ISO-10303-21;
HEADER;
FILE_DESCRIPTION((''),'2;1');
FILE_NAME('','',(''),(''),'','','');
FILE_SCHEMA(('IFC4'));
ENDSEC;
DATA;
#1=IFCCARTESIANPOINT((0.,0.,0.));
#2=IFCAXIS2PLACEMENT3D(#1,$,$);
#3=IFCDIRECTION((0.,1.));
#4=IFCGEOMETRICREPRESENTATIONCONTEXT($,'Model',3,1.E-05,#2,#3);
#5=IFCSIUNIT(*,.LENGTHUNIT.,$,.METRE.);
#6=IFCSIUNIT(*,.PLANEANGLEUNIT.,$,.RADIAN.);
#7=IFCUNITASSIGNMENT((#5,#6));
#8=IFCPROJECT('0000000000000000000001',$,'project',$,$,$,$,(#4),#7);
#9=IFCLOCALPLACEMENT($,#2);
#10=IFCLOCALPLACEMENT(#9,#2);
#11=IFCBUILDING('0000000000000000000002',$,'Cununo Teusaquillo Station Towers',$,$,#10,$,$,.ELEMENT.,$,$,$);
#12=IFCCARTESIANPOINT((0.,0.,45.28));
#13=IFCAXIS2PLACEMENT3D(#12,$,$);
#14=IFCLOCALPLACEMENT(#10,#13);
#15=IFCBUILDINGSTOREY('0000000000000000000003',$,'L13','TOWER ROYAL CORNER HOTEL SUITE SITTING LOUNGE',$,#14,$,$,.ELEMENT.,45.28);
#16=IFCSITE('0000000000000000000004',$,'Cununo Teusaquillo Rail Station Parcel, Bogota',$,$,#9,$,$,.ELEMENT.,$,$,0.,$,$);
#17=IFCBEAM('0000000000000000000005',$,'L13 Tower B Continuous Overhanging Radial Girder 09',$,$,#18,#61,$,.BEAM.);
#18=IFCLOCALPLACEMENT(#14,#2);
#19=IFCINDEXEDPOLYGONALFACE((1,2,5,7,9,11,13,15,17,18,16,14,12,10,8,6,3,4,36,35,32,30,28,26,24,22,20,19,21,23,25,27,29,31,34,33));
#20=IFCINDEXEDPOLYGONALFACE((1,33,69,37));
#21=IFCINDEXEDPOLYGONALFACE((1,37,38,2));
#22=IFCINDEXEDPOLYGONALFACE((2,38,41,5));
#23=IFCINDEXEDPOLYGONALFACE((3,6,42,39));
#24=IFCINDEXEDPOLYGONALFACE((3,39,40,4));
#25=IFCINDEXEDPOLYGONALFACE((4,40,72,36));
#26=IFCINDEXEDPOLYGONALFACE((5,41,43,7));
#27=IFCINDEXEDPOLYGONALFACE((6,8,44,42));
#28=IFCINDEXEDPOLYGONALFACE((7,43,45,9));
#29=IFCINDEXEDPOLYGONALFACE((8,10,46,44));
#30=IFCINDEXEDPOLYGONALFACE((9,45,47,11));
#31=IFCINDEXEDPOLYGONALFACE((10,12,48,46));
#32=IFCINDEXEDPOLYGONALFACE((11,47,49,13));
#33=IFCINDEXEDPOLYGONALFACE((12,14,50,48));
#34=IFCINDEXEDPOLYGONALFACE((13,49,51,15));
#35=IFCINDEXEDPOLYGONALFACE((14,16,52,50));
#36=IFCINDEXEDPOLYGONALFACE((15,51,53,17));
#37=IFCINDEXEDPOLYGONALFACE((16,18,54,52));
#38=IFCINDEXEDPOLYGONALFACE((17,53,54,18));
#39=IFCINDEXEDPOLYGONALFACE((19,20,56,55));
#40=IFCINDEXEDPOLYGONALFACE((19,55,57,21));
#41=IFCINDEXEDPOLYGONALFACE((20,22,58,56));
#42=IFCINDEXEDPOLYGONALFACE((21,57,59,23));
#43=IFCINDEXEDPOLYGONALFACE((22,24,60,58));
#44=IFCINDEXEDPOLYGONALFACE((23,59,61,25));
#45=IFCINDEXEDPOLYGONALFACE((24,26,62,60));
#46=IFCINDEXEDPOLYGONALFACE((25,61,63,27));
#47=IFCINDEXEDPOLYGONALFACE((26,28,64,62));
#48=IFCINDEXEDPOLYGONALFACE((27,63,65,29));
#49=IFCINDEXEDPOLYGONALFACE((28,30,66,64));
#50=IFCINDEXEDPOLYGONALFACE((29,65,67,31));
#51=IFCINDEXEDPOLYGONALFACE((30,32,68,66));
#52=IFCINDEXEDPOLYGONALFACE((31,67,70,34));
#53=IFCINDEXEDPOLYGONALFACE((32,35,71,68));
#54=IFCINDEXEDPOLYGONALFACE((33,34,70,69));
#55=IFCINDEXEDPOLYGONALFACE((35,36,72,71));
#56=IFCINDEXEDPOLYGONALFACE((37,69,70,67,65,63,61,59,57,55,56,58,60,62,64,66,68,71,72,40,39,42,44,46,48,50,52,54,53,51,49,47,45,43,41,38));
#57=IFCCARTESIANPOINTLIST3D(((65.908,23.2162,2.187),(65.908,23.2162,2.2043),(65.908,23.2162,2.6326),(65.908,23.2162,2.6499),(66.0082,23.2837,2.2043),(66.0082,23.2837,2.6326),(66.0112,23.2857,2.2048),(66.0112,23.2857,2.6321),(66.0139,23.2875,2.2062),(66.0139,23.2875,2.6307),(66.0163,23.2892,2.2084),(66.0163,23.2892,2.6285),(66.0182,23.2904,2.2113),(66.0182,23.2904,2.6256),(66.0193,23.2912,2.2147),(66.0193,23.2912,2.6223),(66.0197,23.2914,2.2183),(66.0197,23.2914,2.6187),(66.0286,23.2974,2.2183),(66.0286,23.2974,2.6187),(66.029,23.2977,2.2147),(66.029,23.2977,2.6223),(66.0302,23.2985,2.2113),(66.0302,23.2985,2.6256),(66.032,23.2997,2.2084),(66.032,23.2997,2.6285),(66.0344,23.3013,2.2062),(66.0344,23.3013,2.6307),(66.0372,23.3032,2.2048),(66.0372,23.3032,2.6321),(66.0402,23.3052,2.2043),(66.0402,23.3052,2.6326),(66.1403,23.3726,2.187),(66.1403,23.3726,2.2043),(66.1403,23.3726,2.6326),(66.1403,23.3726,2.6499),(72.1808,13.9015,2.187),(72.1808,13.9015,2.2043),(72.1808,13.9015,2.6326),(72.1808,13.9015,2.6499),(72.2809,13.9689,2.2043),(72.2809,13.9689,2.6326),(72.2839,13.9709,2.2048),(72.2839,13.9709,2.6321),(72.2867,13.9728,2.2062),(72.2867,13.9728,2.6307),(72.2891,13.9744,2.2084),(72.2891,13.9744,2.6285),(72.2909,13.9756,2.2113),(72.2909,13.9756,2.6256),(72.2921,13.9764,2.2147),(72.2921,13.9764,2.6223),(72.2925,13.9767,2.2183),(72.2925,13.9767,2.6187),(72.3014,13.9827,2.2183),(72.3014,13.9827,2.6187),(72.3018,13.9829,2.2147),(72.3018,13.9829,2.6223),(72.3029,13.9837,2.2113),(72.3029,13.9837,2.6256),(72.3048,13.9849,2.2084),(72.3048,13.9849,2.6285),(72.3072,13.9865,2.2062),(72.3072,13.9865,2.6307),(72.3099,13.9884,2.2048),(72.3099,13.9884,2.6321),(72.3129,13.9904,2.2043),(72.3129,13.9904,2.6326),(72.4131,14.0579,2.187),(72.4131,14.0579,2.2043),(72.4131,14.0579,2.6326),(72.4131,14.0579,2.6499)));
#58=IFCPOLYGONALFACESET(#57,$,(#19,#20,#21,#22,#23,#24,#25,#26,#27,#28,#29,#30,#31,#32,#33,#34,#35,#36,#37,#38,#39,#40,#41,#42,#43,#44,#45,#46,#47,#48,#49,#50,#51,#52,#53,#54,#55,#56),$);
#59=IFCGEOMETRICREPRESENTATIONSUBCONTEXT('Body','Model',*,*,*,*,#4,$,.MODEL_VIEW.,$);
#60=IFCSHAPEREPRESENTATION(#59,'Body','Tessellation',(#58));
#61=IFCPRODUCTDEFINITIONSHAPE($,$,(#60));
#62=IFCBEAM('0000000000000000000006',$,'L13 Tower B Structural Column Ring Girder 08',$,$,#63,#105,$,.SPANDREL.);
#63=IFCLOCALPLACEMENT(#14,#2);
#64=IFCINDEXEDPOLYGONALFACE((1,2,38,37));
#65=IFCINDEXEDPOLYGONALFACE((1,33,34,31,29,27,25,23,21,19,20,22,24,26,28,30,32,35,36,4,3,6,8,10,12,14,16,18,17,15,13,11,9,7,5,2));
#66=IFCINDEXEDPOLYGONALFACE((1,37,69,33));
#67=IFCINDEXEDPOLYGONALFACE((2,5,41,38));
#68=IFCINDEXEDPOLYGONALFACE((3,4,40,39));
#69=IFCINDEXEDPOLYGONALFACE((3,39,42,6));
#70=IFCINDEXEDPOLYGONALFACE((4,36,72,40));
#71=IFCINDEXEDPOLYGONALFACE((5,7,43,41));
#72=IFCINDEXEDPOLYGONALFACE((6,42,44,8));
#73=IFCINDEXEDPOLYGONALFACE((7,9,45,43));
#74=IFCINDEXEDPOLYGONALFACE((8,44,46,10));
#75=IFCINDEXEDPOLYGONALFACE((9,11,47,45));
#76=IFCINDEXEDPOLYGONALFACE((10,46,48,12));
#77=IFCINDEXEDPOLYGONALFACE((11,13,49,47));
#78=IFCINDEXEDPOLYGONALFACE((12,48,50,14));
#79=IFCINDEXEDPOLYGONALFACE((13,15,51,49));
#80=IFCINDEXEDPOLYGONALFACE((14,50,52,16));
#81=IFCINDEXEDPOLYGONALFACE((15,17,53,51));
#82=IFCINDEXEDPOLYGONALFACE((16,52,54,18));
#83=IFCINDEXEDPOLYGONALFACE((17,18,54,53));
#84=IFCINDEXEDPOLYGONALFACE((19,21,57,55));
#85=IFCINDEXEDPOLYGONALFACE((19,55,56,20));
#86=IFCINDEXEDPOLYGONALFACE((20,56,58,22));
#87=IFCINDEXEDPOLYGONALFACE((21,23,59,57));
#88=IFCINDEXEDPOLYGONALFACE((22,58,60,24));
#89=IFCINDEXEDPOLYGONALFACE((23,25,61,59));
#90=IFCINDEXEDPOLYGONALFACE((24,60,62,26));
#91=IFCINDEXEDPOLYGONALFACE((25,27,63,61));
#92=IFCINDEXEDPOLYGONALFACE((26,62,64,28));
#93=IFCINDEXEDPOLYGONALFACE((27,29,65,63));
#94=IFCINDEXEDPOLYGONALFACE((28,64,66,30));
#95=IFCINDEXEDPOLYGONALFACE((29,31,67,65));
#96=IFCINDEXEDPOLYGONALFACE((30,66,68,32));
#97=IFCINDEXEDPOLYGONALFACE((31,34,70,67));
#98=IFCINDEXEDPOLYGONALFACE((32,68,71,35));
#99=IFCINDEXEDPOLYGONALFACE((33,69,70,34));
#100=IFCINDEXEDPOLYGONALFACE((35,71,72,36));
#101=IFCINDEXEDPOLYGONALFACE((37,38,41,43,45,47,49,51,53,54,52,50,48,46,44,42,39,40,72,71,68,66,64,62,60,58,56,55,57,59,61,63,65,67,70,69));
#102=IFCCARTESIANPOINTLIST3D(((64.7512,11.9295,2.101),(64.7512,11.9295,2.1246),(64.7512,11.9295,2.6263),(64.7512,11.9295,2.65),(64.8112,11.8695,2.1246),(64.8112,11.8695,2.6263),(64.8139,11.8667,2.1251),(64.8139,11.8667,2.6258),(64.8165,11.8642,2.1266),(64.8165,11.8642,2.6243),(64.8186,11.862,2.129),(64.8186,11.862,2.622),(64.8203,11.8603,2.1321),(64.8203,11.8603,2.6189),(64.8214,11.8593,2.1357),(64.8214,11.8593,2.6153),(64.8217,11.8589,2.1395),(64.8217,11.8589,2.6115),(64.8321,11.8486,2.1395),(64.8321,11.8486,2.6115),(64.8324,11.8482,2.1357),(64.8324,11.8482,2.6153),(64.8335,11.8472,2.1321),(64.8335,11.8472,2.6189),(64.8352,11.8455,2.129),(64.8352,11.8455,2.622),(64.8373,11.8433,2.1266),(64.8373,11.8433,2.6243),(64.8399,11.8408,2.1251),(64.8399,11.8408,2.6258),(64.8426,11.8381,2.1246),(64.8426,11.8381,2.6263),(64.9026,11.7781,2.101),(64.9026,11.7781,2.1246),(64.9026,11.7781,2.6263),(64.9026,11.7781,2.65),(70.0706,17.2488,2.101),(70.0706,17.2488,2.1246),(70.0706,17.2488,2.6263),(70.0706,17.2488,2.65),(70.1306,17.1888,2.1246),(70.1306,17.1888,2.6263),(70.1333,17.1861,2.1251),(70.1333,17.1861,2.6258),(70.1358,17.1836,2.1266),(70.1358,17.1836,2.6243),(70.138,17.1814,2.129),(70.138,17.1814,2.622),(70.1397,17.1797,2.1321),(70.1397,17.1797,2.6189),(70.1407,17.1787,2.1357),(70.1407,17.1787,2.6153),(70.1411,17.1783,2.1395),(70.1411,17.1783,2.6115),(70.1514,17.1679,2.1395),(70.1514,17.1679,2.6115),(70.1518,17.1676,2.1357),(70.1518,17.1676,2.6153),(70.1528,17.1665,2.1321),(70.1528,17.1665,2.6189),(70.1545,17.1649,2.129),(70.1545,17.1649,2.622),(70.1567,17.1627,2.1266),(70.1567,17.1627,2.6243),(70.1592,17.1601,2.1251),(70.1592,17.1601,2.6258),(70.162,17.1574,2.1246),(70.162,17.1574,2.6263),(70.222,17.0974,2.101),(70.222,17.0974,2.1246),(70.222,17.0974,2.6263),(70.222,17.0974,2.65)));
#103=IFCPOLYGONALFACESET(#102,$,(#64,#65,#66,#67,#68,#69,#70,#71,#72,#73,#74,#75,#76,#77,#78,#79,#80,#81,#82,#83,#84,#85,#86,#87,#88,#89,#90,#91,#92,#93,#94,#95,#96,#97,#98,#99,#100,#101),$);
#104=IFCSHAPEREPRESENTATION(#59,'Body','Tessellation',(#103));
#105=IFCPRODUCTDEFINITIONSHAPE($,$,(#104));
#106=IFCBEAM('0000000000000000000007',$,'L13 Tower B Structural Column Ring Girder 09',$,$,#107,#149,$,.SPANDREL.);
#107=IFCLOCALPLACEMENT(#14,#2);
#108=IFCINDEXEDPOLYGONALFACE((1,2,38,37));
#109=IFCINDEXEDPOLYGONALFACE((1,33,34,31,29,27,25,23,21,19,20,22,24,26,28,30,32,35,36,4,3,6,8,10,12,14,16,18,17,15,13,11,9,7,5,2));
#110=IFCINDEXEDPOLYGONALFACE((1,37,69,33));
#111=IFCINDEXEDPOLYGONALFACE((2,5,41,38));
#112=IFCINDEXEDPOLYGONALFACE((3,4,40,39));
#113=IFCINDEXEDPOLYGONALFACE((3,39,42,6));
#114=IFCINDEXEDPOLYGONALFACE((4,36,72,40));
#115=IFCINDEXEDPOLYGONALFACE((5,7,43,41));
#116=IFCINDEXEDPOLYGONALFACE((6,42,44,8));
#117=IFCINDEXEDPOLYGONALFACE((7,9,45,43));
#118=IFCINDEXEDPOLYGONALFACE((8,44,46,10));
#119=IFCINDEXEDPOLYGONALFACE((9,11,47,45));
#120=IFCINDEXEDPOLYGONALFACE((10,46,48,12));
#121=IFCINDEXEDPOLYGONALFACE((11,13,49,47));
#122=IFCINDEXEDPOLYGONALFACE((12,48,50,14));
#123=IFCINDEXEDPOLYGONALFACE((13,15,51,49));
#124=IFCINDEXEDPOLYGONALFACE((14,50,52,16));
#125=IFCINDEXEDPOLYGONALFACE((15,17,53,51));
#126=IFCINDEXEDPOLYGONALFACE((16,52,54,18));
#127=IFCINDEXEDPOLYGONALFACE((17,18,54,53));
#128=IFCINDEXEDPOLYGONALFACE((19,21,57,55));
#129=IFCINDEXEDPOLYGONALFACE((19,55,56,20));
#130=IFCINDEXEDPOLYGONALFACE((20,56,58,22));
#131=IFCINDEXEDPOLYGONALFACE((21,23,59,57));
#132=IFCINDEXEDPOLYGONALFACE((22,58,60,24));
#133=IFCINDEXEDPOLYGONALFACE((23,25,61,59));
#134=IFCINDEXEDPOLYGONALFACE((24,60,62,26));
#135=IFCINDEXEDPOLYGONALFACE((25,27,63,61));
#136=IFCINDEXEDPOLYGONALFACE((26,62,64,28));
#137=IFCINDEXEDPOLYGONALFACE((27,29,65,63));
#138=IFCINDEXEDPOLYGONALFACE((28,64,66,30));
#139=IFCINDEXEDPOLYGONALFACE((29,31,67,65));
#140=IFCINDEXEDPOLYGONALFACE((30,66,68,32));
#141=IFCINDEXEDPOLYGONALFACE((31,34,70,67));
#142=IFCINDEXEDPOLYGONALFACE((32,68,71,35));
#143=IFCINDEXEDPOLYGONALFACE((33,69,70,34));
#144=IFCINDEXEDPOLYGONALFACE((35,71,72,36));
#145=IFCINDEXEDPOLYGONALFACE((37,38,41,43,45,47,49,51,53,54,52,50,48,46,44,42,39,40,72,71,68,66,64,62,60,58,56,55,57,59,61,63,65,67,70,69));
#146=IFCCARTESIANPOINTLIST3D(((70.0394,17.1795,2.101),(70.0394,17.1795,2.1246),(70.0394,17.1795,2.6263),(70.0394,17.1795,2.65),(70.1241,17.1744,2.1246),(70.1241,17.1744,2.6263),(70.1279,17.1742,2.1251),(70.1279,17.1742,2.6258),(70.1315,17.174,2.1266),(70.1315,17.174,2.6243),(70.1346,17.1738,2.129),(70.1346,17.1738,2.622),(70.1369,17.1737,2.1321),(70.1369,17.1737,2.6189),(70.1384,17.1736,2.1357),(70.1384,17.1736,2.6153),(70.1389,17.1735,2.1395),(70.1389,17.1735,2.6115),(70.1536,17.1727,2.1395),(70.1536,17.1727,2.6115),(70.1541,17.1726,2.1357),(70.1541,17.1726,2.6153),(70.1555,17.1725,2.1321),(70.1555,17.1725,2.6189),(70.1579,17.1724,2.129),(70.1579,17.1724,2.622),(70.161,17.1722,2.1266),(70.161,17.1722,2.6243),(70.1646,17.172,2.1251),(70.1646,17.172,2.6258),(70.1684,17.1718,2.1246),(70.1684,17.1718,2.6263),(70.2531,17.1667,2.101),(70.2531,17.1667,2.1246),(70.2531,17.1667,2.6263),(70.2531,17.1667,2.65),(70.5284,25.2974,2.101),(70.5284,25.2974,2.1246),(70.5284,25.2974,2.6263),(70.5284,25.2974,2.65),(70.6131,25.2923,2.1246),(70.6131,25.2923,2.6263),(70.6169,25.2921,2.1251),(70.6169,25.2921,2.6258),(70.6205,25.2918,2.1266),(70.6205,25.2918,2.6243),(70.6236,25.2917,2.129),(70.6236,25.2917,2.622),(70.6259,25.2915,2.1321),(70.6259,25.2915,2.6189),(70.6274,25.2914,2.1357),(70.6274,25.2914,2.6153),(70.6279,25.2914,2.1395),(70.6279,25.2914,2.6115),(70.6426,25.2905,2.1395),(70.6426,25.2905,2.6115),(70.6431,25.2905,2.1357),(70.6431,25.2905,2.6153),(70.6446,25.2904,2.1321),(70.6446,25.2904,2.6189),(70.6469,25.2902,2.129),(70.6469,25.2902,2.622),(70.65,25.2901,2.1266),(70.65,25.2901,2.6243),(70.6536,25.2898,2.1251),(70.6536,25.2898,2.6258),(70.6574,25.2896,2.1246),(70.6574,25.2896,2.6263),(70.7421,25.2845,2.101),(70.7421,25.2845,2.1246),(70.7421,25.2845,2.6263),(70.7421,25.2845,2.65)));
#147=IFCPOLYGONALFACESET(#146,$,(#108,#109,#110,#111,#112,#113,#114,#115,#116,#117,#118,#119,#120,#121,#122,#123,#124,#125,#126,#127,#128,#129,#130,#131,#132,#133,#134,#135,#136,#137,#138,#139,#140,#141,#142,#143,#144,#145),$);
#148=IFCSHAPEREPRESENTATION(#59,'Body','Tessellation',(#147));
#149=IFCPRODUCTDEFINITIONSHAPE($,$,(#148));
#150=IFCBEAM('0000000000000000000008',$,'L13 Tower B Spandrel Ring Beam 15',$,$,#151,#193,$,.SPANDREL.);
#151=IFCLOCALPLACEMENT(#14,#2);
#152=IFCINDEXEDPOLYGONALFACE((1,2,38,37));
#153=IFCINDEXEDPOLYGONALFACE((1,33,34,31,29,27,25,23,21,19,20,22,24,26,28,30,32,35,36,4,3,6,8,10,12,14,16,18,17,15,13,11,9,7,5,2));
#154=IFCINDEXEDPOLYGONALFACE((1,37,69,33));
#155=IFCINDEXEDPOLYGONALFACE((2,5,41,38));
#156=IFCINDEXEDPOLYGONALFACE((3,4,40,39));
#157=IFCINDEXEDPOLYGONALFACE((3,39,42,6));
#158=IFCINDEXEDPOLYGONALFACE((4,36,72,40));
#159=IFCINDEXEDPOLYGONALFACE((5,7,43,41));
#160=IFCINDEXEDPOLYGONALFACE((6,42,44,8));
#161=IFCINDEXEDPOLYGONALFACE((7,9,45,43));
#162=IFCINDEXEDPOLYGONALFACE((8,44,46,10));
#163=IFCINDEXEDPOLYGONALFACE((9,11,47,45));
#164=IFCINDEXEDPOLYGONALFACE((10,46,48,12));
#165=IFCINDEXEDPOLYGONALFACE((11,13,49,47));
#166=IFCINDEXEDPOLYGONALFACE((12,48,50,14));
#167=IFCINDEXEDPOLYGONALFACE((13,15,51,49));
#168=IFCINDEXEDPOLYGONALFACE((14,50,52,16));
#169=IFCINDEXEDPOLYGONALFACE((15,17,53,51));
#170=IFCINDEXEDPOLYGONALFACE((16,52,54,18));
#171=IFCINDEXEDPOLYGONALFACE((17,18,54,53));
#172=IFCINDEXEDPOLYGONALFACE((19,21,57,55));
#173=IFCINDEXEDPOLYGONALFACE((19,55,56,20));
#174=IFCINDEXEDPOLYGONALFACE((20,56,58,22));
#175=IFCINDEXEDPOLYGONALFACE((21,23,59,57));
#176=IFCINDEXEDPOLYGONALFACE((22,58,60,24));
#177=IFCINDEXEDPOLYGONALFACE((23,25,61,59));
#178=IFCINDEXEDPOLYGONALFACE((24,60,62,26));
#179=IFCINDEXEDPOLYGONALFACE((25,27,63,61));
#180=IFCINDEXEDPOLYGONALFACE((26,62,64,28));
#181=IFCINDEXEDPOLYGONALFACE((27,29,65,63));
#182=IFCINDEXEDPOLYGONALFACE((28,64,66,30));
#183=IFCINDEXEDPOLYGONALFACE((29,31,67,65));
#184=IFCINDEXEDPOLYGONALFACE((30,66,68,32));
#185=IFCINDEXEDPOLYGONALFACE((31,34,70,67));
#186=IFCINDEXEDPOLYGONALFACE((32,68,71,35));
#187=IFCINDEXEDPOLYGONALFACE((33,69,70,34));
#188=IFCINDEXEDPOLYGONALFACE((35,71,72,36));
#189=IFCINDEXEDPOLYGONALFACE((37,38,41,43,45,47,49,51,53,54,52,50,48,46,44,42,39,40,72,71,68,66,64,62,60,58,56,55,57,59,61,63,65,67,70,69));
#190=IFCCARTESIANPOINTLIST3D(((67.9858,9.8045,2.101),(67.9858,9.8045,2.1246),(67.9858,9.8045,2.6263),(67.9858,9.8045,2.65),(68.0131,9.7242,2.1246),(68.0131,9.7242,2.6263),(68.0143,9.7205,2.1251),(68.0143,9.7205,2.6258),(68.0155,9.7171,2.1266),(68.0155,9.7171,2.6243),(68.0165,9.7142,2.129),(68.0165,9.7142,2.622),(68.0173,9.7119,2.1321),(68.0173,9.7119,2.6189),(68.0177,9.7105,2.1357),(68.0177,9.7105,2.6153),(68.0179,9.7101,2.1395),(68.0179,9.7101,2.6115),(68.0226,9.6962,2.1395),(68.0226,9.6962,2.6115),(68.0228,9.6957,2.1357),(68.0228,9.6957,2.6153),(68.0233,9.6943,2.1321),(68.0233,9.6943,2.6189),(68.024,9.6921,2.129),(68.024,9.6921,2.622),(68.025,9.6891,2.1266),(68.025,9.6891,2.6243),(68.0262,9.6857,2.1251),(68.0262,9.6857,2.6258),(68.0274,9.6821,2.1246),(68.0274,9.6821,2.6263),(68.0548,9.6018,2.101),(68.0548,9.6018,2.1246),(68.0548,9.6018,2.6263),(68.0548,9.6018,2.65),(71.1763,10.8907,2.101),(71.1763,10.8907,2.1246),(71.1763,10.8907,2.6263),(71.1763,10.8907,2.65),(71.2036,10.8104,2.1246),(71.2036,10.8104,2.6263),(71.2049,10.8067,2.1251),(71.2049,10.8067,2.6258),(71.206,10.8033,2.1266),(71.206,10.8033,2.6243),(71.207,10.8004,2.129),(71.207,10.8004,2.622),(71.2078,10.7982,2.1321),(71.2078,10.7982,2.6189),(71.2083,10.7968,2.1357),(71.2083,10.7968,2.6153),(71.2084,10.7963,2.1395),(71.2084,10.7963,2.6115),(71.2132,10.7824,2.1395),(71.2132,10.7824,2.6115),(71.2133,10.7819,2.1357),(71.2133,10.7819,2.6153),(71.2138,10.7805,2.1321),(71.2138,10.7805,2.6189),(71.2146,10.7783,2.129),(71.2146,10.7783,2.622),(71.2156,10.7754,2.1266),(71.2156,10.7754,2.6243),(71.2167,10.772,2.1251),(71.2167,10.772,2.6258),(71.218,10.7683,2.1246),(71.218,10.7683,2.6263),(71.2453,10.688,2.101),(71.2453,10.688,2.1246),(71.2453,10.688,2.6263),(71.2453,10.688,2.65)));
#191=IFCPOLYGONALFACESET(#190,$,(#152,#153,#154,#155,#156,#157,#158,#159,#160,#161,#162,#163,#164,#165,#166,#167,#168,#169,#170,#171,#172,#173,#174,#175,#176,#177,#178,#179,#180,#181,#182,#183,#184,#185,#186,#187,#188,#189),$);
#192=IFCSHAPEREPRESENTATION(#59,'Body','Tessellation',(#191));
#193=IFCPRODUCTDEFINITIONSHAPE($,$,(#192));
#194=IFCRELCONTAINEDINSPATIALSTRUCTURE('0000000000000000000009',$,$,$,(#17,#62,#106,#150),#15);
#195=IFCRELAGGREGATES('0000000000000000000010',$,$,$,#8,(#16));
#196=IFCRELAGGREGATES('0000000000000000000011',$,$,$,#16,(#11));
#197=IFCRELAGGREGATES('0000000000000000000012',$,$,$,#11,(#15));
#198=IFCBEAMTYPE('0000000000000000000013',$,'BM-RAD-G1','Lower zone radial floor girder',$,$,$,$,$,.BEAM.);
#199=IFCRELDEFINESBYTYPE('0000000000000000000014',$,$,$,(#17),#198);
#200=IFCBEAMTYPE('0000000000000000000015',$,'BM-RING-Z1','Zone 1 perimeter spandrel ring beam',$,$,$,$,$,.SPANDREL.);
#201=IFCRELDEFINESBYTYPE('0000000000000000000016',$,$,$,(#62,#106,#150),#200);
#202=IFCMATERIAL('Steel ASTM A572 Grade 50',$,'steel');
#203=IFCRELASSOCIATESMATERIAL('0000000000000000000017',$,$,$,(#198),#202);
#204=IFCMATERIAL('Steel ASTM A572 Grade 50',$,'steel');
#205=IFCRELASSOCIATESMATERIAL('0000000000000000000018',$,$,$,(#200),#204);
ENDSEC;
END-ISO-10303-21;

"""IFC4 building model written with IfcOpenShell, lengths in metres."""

from ifc_helpers import new_model, si_unit, direction, frame, origin, origin_2d, place, context, subcontext, project, spatial, i_section, extrude, material, material_profile, profile_set, type_object, element, save


model = new_model("IFC4")

# Units and contexts
model_context = context("Model", 3, precision=1e-05, world=origin(), true_north=direction((0.0, 1.0)))
body_context = subcontext(model_context, "Body", "Model", "MODEL_VIEW")
ifc_project = project(units=[si_unit("LENGTHUNIT", "METRE"), si_unit("PLANEANGLEUNIT", "RADIAN")], contexts=[model_context])

# Site, building, storey
site_placement = place(None, origin())
site = spatial("IfcSite", under=ifc_project, at=site_placement, Name="Cununo Teusaquillo Rail Station Parcel, Bogota", CompositionType="ELEMENT", RefElevation=0.0)
building_placement = place(site_placement, origin())
building = spatial("IfcBuilding", under=site, at=building_placement, Name="Cununo Teusaquillo Station Towers", CompositionType="ELEMENT")
storey_placement = place(building_placement, frame((0.0, 0.0, 45.28)))
storey = spatial("IfcBuildingStorey", under=building, at=storey_placement, Name="L13", Description="TOWER ROYAL CORNER HOTEL SUITE SITTING LOUNGE", CompositionType="ELEMENT", Elevation=45.28)

# Beams
ifc_material_1 = material(Name="Steel ASTM A572 Grade 50", Category="steel")
ifc_material_profile_1 = material_profile(ifc_material_1, i_section(OverallWidth=0.28, OverallDepth=0.4629, WebThickness=0.0107, FlangeThickness=0.0173, FilletRadius=0.0139, at=origin_2d()), Name="W18X76")
ifc_profile_set_1 = profile_set([ifc_material_profile_1], Name="Steel ASTM A572 Grade 50")
beam_type_1 = type_object("IfcBeamType", Name="BM-RAD-G1", Description="Lower zone radial floor girder", PredefinedType="BEAM", material=ifc_profile_set_1)
beam_1_placement = place(storey_placement, frame((66.0242, 23.2944, 2.4185), z_axis=(0.558572, -0.829456, 0.0), x_axis=(0.829456, 0.558572, 0.0)))
element("IfcBeam", 1, at=beam_1_placement, inside=storey, type_object=beam_type_1, Name="L13 Tower B Continuous Overhanging Radial Girder 09", PredefinedType="BEAM", context=body_context, shape_type="SweptSolid", body=[
    extrude(i_section(OverallWidth=0.28, OverallDepth=0.4629, WebThickness=0.0107, FlangeThickness=0.0173, FilletRadius=0.0139, at=origin_2d()), origin(), (0.0, 0.0, 1.0), 11.23),
])
ifc_material_2 = material(Name="Steel ASTM A572 Grade 50", Category="steel")
ifc_material_profile_2 = material_profile(ifc_material_2, i_section(OverallWidth=0.2141, OverallDepth=0.5491, WebThickness=0.0146, FlangeThickness=0.0237, FilletRadius=0.0149, at=origin_2d()), Name="W21X93")
ifc_profile_set_2 = profile_set([ifc_material_profile_2], Name="Steel ASTM A572 Grade 50")
beam_type_2 = type_object("IfcBeamType", Name="BM-RING-Z1", Description="Zone 1 perimeter spandrel ring beam", PredefinedType="SPANDREL", material=ifc_profile_set_2)
beam_2_placement = place(storey_placement, frame((64.8269, 11.8538, 2.3755), z_axis=(0.707107, 0.707107, 0.0), x_axis=(-0.707107, 0.707107, 0.0)))
element("IfcBeam", 2, at=beam_2_placement, inside=storey, type_object=beam_type_2, Name="L13 Tower B Structural Column Ring Girder 08", PredefinedType="SPANDREL", context=body_context, shape_type="SweptSolid", body=[
    extrude(i_section(OverallWidth=0.2141, OverallDepth=0.5491, WebThickness=0.0146, FlangeThickness=0.0237, FilletRadius=0.0149, at=origin_2d()), origin(), (0.0, 0.0, 1.0), 7.5227),
])
beam_3_placement = place(storey_placement, frame((70.1462, 17.1731, 2.3755), z_axis=(0.06013, 0.998191, 0.0), x_axis=(-0.998191, 0.06013, 0.0)))
element("IfcBeam", 3, at=beam_3_placement, inside=storey, type_object=beam_type_2, Name="L13 Tower B Structural Column Ring Girder 09", PredefinedType="SPANDREL", context=body_context, shape_type="SweptSolid", body=[
    extrude(i_section(OverallWidth=0.2141, OverallDepth=0.5491, WebThickness=0.0146, FlangeThickness=0.0237, FilletRadius=0.0149, at=origin_2d()), origin(), (0.0, 0.0, 1.0), 8.1326),
])
for number, where, z_axis, x_axis, name in (
    (4, (68.0203, 9.7031, 2.3755), (0.946643, 0.322285, 0.0), (-0.322285, 0.946643, 0.0), "L13 Tower B Spandrel Ring Beam 15"),
):
    element("IfcBeam", number, at=place(storey_placement, frame(where, z_axis=z_axis, x_axis=x_axis)), inside=storey, type_object=beam_type_2, Name=name, PredefinedType="SPANDREL", context=body_context, shape_type="SweptSolid", body=[
        extrude(i_section(OverallWidth=0.2141, OverallDepth=0.5491, WebThickness=0.0146, FlangeThickness=0.0237, FilletRadius=0.0149, at=origin_2d()), origin(), (0.0, 0.0, 1.0), 3.3704),
    ])

save(model, "model.ifc")
